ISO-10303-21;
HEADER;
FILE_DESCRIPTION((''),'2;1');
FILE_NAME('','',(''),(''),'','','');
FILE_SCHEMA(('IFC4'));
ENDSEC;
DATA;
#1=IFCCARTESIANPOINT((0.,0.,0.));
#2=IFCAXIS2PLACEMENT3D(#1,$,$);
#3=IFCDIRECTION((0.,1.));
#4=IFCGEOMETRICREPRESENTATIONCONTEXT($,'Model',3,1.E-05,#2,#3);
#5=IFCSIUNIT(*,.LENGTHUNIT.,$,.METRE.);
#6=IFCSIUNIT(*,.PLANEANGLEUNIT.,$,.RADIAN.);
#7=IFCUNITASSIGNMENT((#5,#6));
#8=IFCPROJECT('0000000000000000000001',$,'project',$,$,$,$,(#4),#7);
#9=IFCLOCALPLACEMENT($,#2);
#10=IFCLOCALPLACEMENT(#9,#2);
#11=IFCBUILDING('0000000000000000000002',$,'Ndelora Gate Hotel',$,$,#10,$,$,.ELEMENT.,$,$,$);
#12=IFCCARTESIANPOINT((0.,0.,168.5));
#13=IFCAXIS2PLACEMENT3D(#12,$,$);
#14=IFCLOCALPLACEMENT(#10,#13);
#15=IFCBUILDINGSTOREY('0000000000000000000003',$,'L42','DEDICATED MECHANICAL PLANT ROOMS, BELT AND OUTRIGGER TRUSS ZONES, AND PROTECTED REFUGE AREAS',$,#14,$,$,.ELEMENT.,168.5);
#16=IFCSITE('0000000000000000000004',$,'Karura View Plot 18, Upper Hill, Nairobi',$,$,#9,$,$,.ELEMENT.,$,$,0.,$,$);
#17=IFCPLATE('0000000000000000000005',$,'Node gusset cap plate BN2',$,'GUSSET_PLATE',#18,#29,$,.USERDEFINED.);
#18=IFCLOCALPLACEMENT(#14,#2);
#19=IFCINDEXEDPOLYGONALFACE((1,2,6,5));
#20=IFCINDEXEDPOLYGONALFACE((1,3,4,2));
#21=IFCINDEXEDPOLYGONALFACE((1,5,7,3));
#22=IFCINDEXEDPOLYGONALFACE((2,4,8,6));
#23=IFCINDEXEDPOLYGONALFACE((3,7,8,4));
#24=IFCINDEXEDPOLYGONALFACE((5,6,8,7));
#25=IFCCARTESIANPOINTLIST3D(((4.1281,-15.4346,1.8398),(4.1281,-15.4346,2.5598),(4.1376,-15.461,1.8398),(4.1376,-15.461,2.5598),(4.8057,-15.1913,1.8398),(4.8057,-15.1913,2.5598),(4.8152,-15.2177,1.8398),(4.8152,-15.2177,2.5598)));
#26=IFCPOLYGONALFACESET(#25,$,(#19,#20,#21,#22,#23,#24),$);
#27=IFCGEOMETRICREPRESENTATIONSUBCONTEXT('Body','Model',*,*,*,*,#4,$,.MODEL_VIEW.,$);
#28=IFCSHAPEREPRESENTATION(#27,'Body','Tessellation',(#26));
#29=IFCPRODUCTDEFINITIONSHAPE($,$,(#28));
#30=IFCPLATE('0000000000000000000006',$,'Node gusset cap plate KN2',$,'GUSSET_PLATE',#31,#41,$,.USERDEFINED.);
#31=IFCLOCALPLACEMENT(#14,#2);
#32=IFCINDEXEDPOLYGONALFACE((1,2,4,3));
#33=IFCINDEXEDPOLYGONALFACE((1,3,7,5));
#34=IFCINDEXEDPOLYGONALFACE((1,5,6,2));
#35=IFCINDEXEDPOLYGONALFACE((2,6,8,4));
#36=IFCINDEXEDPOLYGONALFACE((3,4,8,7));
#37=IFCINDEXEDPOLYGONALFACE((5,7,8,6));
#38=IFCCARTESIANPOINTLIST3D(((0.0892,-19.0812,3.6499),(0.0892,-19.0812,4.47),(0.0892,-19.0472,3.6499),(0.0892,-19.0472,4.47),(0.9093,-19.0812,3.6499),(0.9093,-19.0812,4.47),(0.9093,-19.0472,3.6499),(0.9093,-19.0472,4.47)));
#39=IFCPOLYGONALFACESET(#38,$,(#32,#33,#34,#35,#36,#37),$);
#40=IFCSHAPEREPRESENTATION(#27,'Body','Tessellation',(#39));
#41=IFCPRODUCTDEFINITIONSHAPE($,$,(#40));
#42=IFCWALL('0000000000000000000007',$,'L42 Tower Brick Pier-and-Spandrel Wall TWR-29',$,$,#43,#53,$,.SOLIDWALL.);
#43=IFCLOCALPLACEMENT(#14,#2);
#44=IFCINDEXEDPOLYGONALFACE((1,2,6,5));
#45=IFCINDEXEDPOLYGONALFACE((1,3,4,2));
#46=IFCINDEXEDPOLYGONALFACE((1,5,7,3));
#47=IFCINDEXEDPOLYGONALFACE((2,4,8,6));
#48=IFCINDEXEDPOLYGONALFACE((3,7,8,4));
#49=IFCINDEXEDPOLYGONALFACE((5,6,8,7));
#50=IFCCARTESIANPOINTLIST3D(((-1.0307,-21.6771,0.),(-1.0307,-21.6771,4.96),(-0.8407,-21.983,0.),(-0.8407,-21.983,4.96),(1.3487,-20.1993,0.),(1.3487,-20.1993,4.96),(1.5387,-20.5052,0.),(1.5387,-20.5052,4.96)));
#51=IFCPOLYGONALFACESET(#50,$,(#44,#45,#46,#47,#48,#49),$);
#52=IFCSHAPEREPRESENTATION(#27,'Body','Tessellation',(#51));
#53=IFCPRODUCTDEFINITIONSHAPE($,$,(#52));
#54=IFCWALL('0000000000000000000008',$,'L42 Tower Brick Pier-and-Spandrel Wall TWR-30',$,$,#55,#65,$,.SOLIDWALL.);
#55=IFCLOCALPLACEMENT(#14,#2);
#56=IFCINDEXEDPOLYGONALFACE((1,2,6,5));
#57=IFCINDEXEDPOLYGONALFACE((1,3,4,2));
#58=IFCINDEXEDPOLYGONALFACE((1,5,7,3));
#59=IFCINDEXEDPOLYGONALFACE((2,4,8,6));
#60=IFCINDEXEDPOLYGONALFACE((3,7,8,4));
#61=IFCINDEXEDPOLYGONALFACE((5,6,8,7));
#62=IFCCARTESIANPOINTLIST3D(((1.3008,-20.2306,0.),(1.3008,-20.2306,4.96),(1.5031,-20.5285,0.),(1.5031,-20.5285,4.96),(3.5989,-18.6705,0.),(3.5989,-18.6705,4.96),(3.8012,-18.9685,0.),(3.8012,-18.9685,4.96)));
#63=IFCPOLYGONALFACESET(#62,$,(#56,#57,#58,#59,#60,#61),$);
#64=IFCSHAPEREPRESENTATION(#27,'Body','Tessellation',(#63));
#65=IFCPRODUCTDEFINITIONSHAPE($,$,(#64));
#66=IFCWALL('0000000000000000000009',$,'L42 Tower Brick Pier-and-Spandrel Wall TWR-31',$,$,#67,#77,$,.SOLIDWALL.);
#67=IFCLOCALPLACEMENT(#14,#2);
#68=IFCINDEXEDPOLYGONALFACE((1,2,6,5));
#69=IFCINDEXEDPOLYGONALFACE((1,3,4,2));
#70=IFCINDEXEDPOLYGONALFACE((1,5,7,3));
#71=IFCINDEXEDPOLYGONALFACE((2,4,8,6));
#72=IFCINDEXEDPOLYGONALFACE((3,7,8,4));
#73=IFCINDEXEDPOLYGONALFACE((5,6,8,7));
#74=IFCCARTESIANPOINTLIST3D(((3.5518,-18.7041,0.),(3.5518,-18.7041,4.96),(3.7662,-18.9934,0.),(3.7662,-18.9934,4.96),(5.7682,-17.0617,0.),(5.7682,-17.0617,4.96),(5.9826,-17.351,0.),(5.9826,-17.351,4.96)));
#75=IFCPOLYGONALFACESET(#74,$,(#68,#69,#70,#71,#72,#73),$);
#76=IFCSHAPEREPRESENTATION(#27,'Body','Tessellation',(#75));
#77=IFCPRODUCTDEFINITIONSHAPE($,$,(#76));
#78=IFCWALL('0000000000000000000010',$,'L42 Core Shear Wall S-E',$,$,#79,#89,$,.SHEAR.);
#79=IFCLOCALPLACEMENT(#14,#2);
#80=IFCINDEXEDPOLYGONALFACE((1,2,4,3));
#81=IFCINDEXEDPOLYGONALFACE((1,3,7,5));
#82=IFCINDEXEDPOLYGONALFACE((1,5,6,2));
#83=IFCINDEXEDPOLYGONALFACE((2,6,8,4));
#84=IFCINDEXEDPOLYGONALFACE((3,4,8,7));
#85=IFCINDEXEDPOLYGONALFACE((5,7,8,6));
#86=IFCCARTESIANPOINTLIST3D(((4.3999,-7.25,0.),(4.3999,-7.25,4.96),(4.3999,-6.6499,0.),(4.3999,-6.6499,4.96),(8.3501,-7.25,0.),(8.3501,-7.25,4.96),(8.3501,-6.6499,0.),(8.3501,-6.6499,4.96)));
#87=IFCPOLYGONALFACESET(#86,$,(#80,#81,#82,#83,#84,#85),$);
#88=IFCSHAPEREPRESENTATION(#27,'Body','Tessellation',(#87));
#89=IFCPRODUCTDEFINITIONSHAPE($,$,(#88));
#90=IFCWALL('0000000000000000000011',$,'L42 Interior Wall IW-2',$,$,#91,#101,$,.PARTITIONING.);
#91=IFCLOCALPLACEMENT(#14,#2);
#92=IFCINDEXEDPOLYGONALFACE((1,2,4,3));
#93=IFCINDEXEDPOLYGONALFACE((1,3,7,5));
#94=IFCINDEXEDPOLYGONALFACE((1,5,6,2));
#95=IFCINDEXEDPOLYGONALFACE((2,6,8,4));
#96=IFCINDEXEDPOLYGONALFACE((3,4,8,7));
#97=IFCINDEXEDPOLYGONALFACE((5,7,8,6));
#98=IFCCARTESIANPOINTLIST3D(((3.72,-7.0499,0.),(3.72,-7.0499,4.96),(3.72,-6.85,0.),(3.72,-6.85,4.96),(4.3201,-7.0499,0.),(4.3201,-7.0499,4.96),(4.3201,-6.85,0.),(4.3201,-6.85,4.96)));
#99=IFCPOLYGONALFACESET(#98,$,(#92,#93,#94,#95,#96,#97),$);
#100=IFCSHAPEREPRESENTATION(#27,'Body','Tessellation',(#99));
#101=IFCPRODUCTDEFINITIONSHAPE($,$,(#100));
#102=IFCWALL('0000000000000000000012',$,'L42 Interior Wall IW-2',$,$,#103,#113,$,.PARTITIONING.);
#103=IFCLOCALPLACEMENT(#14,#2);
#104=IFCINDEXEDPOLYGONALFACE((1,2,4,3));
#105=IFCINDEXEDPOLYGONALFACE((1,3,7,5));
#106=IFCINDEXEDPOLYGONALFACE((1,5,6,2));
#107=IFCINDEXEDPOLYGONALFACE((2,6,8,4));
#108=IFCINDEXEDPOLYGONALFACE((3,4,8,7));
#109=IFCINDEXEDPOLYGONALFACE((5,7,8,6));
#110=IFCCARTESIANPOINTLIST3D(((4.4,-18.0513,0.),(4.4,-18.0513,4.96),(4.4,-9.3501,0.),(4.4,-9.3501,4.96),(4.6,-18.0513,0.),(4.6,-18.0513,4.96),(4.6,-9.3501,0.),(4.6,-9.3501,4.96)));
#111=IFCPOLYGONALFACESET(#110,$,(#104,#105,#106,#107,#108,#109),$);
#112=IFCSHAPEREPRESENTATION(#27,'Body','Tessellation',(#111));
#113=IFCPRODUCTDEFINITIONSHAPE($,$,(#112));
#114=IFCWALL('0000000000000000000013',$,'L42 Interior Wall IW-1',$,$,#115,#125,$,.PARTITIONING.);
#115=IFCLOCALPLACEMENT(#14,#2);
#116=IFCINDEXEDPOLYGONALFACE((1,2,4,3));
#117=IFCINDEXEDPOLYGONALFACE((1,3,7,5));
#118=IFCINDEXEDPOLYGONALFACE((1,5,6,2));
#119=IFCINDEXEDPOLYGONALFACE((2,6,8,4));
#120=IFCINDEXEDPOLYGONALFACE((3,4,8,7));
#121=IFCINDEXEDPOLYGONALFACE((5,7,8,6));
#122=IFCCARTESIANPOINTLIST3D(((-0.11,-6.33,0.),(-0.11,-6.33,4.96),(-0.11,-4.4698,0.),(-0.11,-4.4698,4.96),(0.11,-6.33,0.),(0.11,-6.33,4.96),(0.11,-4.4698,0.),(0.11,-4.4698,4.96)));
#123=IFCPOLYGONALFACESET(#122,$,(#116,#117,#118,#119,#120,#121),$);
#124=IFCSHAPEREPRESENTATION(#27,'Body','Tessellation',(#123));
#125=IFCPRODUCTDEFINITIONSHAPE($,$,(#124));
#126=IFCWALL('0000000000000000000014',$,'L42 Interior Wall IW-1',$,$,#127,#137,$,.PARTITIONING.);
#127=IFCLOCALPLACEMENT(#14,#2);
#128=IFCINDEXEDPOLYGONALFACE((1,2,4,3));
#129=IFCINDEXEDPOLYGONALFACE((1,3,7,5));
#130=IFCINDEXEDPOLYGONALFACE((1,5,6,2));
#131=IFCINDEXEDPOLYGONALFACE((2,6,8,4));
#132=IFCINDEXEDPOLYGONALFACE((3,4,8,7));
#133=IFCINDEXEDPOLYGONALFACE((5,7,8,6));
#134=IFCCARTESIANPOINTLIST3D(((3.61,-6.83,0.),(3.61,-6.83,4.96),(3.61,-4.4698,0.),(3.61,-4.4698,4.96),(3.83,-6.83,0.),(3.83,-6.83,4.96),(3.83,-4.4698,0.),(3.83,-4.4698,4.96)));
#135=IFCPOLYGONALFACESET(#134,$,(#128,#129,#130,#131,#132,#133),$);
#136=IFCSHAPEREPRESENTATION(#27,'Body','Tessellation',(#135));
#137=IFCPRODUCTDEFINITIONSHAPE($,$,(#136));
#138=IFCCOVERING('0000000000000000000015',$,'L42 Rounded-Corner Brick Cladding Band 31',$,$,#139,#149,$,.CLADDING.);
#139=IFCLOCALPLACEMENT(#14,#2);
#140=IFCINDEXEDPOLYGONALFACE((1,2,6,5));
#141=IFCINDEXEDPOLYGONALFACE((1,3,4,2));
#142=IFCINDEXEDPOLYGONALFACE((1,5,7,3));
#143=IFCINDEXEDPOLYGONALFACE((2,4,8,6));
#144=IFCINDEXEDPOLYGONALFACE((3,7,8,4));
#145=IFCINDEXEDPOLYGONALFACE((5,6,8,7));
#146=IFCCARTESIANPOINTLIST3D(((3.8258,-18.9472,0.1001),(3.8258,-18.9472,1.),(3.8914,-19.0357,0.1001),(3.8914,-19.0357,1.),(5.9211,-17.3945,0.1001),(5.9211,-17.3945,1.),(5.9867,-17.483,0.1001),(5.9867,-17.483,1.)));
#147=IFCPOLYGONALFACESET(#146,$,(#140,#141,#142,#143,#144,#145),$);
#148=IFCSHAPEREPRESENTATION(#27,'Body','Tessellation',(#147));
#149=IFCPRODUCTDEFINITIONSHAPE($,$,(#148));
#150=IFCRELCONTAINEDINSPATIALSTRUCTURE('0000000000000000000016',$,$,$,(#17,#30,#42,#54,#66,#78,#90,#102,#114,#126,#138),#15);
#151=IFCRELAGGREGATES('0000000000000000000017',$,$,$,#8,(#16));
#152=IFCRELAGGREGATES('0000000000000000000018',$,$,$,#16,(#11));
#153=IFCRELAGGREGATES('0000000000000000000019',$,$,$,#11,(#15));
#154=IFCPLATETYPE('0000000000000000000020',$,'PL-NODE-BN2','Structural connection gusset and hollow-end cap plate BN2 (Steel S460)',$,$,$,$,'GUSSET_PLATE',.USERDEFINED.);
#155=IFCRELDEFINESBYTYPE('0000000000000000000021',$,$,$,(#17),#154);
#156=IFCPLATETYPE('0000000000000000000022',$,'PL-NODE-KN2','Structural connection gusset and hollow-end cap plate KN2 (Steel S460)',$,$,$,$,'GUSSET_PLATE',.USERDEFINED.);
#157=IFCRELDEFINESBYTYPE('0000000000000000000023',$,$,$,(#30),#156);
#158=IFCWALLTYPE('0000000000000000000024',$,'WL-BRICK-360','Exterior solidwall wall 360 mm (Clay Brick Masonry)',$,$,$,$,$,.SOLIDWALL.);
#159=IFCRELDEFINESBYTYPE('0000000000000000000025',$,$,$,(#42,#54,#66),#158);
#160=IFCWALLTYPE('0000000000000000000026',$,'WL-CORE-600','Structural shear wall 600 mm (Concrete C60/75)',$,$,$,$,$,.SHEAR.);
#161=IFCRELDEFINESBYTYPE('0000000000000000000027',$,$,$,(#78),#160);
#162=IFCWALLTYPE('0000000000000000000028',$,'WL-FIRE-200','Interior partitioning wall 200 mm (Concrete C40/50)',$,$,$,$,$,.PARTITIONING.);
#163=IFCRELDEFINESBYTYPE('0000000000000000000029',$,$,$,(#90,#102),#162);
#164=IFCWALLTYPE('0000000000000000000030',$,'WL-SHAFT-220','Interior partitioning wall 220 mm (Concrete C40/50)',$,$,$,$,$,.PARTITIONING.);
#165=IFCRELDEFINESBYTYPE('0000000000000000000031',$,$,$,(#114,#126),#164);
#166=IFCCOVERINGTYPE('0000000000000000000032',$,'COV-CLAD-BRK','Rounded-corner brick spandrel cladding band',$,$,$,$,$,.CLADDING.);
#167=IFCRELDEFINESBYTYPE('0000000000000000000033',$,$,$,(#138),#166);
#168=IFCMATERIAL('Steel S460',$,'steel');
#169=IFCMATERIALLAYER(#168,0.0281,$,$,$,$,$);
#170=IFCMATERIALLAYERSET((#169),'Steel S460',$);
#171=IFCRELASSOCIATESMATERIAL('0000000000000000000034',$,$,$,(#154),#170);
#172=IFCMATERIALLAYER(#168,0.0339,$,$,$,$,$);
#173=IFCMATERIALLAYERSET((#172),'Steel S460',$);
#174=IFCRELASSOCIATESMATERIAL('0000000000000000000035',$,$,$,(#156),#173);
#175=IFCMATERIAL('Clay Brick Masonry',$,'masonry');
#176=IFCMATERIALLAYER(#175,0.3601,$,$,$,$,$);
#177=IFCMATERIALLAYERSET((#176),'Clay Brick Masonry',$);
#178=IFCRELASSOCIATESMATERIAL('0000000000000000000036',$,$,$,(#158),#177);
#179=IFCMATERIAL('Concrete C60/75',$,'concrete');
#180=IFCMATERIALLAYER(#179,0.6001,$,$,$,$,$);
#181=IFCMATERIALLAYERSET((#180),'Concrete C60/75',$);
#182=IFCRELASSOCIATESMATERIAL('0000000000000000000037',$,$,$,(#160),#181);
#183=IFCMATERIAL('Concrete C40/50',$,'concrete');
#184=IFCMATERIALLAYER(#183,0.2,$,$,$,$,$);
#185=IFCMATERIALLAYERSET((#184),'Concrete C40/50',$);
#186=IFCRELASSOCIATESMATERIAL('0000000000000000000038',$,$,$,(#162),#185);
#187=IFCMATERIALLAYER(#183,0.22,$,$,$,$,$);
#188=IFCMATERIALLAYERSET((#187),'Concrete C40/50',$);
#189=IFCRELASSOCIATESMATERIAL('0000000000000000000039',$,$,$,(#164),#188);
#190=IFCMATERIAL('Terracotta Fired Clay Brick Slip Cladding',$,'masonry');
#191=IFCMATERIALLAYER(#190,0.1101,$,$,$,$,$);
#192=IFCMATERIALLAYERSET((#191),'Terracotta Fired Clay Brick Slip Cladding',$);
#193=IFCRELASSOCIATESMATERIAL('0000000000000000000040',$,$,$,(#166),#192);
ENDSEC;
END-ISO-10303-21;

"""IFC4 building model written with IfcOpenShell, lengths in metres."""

from ifc_helpers import new_model, si_unit, direction, frame, frame_2d, origin, origin_2d, place, context, subcontext, project, spatial, rectangle, extrude, material, layer, layer_set, type_object, element, save


model = new_model("IFC4")

# Units and contexts
model_context = context("Model", 3, precision=1e-05, world=origin(), true_north=direction((0.0, 1.0)))
body_context = subcontext(model_context, "Body", "Model", "MODEL_VIEW")
ifc_project = project(units=[si_unit("LENGTHUNIT", "METRE"), si_unit("PLANEANGLEUNIT", "RADIAN")], contexts=[model_context])

# Site, building, storey
site_placement = place(None, origin())
site = spatial("IfcSite", under=ifc_project, at=site_placement, Name="Karura View Plot 18, Upper Hill, Nairobi", CompositionType="ELEMENT", RefElevation=0.0)
building_placement = place(site_placement, origin())
building = spatial("IfcBuilding", under=site, at=building_placement, Name="Ndelora Gate Hotel", CompositionType="ELEMENT")
storey_placement = place(building_placement, frame((0.0, 0.0, 168.5)))
storey = spatial("IfcBuildingStorey", under=building, at=storey_placement, Name="L42", Description="DEDICATED MECHANICAL PLANT ROOMS, BELT AND OUTRIGGER TRUSS ZONES, AND PROTECTED REFUGE AREAS", CompositionType="ELEMENT", Elevation=168.5)

# Shared definitions
ifc_material_1 = material(Name="Concrete C60/75", Category="concrete")

# Shared definitions
ifc_material_2 = material(Name="Steel S460", Category="steel")

# Plates
ifc_layer_1 = layer(ifc_material_2, 0.0281)
ifc_layer_set_1 = layer_set([ifc_layer_1], Name="Steel S460")
plate_type_1 = type_object("IfcPlateType", Name="PL-NODE-BN2", Description="Structural connection gusset and hollow-end cap plate BN2 (Steel S460)", ElementType="GUSSET_PLATE", PredefinedType="USERDEFINED", material=ifc_layer_set_1)
for number, where, z_axis, x_axis, name in (
    (1, (4.4717, -15.3262, 1.8398), (0.0, 0.0, 1.0), (0.941176, 0.337917, 0.0), "Node gusset cap plate BN2"),
):
    element("IfcPlate", number, at=place(storey_placement, frame(where, z_axis=z_axis, x_axis=x_axis)), inside=storey, type_object=plate_type_1, Name=name, ObjectType="GUSSET_PLATE", PredefinedType="USERDEFINED", context=body_context, shape_type="SweptSolid", body=[
        extrude(rectangle(XDim=0.72, YDim=0.0281, at=origin_2d()), origin(), (0.0, 0.0, 1.0), 0.72),
    ])
ifc_layer_2 = layer(ifc_material_2, 0.0339)
ifc_layer_set_2 = layer_set([ifc_layer_2], Name="Steel S460")
plate_type_2 = type_object("IfcPlateType", Name="PL-NODE-KN2", Description="Structural connection gusset and hollow-end cap plate KN2 (Steel S460)", ElementType="GUSSET_PLATE", PredefinedType="USERDEFINED", material=ifc_layer_set_2)
plate_placement = place(storey_placement, frame((0.4993, -19.0642, 3.6499), z_axis=(0.0, 0.0, 1.0), x_axis=(1.0, 0.0, 0.0)))
element("IfcPlate", 2, at=plate_placement, inside=storey, type_object=plate_type_2, Name="Node gusset cap plate KN2", ObjectType="GUSSET_PLATE", PredefinedType="USERDEFINED", context=body_context, shape_type="SweptSolid", body=[
    extrude(rectangle(XDim=0.8201, YDim=0.0339, at=origin_2d()), origin(), (0.0, 0.0, 1.0), 0.8201),
])

# Walls
ifc_material_3 = material(Name="Clay Brick Masonry", Category="masonry")
ifc_layer_3 = layer(ifc_material_3, 0.3601)
ifc_layer_set_3 = layer_set([ifc_layer_3], Name="Clay Brick Masonry")
wall_type_1 = type_object("IfcWallType", Name="WL-BRICK-360", Description="Exterior solidwall wall 360 mm (Clay Brick Masonry)", PredefinedType="SOLIDWALL", material=ifc_layer_set_3)
wall_1_placement = place(storey_placement, frame((1.4436, -20.3523, 0.0), z_axis=(0.0, 0.0, 1.0), x_axis=(-0.849493, -0.527599, 0.0)))
element("IfcWall", 3, at=wall_1_placement, inside=storey, type_object=wall_type_1, Name="L42 Tower Brick Pier-and-Spandrel Wall TWR-29", PredefinedType="SOLIDWALL", context=body_context, shape_type="SweptSolid", body=[
    extrude(rectangle(XDim=2.801, YDim=0.3601, at=frame_2d((1.4004, 0.0))), origin(), (0.0, 0.0, 1.0), 4.96),
])
wall_2_placement = place(storey_placement, frame((3.7, -18.8196, 0.0), z_axis=(0.0, 0.0, 1.0), x_axis=(-0.827369, -0.561658, 0.0)))
element("IfcWall", 4, at=wall_2_placement, inside=storey, type_object=wall_type_1, Name="L42 Tower Brick Pier-and-Spandrel Wall TWR-30", PredefinedType="SOLIDWALL", context=body_context, shape_type="SweptSolid", body=[
    extrude(rectangle(XDim=2.7776, YDim=0.3601, at=frame_2d((1.3887, 0.0))), origin(), (0.0, 0.0, 1.0), 4.96),
])
wall_3_placement = place(storey_placement, frame((5.8755, -17.2063, 0.0), z_axis=(0.0, 0.0, 1.0), x_axis=(-0.803449, -0.595374, 0.0)))
element("IfcWall", 5, at=wall_3_placement, inside=storey, type_object=wall_type_1, Name="L42 Tower Brick Pier-and-Spandrel Wall TWR-31", PredefinedType="SOLIDWALL", context=body_context, shape_type="SweptSolid", body=[
    extrude(rectangle(XDim=2.7585, YDim=0.3601, at=frame_2d((1.3794, 0.0))), origin(), (0.0, 0.0, 1.0), 4.96),
])
ifc_layer_4 = layer(ifc_material_1, 0.6001)
ifc_layer_set_4 = layer_set([ifc_layer_4], Name="Concrete C60/75")
wall_type_2 = type_object("IfcWallType", Name="WL-CORE-600", Description="Structural shear wall 600 mm (Concrete C60/75)", PredefinedType="SHEAR", material=ifc_layer_set_4)
wall_4_placement = place(storey_placement, frame((4.3999, -6.95, 0.0), z_axis=(0.0, 0.0, 1.0), x_axis=(1.0, 0.0, 0.0)))
element("IfcWall", 6, at=wall_4_placement, inside=storey, type_object=wall_type_2, Name="L42 Core Shear Wall S-E", PredefinedType="SHEAR", context=body_context, shape_type="SweptSolid", body=[
    extrude(rectangle(XDim=3.9502, YDim=0.6001, at=frame_2d((1.9751, 0.0))), origin(), (0.0, 0.0, 1.0), 4.96),
])
ifc_material_4 = material(Name="Concrete C40/50", Category="concrete")
ifc_layer_5 = layer(ifc_material_4, 0.2)
ifc_layer_set_5 = layer_set([ifc_layer_5], Name="Concrete C40/50")
wall_type_3 = type_object("IfcWallType", Name="WL-FIRE-200", Description="Interior partitioning wall 200 mm (Concrete C40/50)", PredefinedType="PARTITIONING", material=ifc_layer_set_5)
wall_5_placement = place(storey_placement, frame((3.72, -6.95, 0.0), z_axis=(0.0, 0.0, 1.0), x_axis=(1.0, 0.0, 0.0)))
element("IfcWall", 7, at=wall_5_placement, inside=storey, type_object=wall_type_3, Name="L42 Interior Wall IW-2", PredefinedType="PARTITIONING", context=body_context, shape_type="SweptSolid", body=[
    extrude(rectangle(XDim=0.6001, YDim=0.2, at=frame_2d((0.3, 0.0))), origin(), (0.0, 0.0, 1.0), 4.96),
])
wall_6_placement = place(storey_placement, frame((4.5, -9.3501, 0.0), z_axis=(0.0, 0.0, 1.0), x_axis=(0.0, -1.0, 0.0)))
element("IfcWall", 8, at=wall_6_placement, inside=storey, type_object=wall_type_3, Name="L42 Interior Wall IW-2", PredefinedType="PARTITIONING", context=body_context, shape_type="SweptSolid", body=[
    extrude(rectangle(XDim=8.7012, YDim=0.2, at=frame_2d((4.3506, 0.0))), origin(), (0.0, 0.0, 1.0), 4.96),
])

# Shared definitions
ifc_layer_6 = layer(ifc_material_4, 0.22)
ifc_layer_set_6 = layer_set([ifc_layer_6], Name="Concrete C40/50")
wall_type_4 = type_object("IfcWallType", Name="WL-SHAFT-220", Description="Interior partitioning wall 220 mm (Concrete C40/50)", PredefinedType="PARTITIONING", material=ifc_layer_set_6)

# Wall
wall_7_placement = place(storey_placement, frame((0.0, -6.3301, 0.0), z_axis=(0.0, 0.0, 1.0), x_axis=(0.0, 1.0, 0.0)))
element("IfcWall", 9, at=wall_7_placement, inside=storey, type_object=wall_type_4, Name="L42 Interior Wall IW-1", PredefinedType="PARTITIONING", context=body_context, shape_type="SweptSolid", body=[
    extrude(rectangle(XDim=1.8601, YDim=0.22, at=frame_2d((0.9302, 0.0))), origin(), (0.0, 0.0, 1.0), 4.96),
])

# Wall
wall_8_placement = place(storey_placement, frame((3.72, -6.8301, 0.0), z_axis=(0.0, 0.0, 1.0), x_axis=(0.0, 1.0, 0.0)))
element("IfcWall", 10, at=wall_8_placement, inside=storey, type_object=wall_type_4, Name="L42 Interior Wall IW-1", PredefinedType="PARTITIONING", context=body_context, shape_type="SweptSolid", body=[
    extrude(rectangle(XDim=2.3601, YDim=0.22, at=frame_2d((1.1802, 0.0))), origin(), (0.0, 0.0, 1.0), 4.96),
])

# Covering
ifc_material_5 = material(Name="Terracotta Fired Clay Brick Slip Cladding", Category="masonry")
ifc_layer_7 = layer(ifc_material_5, 0.1101)
ifc_layer_set_7 = layer_set([ifc_layer_7], Name="Terracotta Fired Clay Brick Slip Cladding")
covering_type = type_object("IfcCoveringType", Name="COV-CLAD-BRK", Description="Rounded-corner brick spandrel cladding band", PredefinedType="CLADDING", material=ifc_layer_set_7)
covering_placement = place(storey_placement, frame((4.9062, -18.2151, 0.1001), z_axis=(0.0, 0.0, 1.0), x_axis=(0.803441, 0.595384, 0.0)))
element("IfcCovering", 11, at=covering_placement, inside=storey, type_object=covering_type, Name="L42 Rounded-Corner Brick Cladding Band 31", PredefinedType="CLADDING", context=body_context, shape_type="SweptSolid", body=[
    extrude(rectangle(XDim=2.6079, YDim=0.1101, at=origin_2d()), origin(), (0.0, 0.0, 1.0), 0.8999),
])

save(model, "model.ifc")
